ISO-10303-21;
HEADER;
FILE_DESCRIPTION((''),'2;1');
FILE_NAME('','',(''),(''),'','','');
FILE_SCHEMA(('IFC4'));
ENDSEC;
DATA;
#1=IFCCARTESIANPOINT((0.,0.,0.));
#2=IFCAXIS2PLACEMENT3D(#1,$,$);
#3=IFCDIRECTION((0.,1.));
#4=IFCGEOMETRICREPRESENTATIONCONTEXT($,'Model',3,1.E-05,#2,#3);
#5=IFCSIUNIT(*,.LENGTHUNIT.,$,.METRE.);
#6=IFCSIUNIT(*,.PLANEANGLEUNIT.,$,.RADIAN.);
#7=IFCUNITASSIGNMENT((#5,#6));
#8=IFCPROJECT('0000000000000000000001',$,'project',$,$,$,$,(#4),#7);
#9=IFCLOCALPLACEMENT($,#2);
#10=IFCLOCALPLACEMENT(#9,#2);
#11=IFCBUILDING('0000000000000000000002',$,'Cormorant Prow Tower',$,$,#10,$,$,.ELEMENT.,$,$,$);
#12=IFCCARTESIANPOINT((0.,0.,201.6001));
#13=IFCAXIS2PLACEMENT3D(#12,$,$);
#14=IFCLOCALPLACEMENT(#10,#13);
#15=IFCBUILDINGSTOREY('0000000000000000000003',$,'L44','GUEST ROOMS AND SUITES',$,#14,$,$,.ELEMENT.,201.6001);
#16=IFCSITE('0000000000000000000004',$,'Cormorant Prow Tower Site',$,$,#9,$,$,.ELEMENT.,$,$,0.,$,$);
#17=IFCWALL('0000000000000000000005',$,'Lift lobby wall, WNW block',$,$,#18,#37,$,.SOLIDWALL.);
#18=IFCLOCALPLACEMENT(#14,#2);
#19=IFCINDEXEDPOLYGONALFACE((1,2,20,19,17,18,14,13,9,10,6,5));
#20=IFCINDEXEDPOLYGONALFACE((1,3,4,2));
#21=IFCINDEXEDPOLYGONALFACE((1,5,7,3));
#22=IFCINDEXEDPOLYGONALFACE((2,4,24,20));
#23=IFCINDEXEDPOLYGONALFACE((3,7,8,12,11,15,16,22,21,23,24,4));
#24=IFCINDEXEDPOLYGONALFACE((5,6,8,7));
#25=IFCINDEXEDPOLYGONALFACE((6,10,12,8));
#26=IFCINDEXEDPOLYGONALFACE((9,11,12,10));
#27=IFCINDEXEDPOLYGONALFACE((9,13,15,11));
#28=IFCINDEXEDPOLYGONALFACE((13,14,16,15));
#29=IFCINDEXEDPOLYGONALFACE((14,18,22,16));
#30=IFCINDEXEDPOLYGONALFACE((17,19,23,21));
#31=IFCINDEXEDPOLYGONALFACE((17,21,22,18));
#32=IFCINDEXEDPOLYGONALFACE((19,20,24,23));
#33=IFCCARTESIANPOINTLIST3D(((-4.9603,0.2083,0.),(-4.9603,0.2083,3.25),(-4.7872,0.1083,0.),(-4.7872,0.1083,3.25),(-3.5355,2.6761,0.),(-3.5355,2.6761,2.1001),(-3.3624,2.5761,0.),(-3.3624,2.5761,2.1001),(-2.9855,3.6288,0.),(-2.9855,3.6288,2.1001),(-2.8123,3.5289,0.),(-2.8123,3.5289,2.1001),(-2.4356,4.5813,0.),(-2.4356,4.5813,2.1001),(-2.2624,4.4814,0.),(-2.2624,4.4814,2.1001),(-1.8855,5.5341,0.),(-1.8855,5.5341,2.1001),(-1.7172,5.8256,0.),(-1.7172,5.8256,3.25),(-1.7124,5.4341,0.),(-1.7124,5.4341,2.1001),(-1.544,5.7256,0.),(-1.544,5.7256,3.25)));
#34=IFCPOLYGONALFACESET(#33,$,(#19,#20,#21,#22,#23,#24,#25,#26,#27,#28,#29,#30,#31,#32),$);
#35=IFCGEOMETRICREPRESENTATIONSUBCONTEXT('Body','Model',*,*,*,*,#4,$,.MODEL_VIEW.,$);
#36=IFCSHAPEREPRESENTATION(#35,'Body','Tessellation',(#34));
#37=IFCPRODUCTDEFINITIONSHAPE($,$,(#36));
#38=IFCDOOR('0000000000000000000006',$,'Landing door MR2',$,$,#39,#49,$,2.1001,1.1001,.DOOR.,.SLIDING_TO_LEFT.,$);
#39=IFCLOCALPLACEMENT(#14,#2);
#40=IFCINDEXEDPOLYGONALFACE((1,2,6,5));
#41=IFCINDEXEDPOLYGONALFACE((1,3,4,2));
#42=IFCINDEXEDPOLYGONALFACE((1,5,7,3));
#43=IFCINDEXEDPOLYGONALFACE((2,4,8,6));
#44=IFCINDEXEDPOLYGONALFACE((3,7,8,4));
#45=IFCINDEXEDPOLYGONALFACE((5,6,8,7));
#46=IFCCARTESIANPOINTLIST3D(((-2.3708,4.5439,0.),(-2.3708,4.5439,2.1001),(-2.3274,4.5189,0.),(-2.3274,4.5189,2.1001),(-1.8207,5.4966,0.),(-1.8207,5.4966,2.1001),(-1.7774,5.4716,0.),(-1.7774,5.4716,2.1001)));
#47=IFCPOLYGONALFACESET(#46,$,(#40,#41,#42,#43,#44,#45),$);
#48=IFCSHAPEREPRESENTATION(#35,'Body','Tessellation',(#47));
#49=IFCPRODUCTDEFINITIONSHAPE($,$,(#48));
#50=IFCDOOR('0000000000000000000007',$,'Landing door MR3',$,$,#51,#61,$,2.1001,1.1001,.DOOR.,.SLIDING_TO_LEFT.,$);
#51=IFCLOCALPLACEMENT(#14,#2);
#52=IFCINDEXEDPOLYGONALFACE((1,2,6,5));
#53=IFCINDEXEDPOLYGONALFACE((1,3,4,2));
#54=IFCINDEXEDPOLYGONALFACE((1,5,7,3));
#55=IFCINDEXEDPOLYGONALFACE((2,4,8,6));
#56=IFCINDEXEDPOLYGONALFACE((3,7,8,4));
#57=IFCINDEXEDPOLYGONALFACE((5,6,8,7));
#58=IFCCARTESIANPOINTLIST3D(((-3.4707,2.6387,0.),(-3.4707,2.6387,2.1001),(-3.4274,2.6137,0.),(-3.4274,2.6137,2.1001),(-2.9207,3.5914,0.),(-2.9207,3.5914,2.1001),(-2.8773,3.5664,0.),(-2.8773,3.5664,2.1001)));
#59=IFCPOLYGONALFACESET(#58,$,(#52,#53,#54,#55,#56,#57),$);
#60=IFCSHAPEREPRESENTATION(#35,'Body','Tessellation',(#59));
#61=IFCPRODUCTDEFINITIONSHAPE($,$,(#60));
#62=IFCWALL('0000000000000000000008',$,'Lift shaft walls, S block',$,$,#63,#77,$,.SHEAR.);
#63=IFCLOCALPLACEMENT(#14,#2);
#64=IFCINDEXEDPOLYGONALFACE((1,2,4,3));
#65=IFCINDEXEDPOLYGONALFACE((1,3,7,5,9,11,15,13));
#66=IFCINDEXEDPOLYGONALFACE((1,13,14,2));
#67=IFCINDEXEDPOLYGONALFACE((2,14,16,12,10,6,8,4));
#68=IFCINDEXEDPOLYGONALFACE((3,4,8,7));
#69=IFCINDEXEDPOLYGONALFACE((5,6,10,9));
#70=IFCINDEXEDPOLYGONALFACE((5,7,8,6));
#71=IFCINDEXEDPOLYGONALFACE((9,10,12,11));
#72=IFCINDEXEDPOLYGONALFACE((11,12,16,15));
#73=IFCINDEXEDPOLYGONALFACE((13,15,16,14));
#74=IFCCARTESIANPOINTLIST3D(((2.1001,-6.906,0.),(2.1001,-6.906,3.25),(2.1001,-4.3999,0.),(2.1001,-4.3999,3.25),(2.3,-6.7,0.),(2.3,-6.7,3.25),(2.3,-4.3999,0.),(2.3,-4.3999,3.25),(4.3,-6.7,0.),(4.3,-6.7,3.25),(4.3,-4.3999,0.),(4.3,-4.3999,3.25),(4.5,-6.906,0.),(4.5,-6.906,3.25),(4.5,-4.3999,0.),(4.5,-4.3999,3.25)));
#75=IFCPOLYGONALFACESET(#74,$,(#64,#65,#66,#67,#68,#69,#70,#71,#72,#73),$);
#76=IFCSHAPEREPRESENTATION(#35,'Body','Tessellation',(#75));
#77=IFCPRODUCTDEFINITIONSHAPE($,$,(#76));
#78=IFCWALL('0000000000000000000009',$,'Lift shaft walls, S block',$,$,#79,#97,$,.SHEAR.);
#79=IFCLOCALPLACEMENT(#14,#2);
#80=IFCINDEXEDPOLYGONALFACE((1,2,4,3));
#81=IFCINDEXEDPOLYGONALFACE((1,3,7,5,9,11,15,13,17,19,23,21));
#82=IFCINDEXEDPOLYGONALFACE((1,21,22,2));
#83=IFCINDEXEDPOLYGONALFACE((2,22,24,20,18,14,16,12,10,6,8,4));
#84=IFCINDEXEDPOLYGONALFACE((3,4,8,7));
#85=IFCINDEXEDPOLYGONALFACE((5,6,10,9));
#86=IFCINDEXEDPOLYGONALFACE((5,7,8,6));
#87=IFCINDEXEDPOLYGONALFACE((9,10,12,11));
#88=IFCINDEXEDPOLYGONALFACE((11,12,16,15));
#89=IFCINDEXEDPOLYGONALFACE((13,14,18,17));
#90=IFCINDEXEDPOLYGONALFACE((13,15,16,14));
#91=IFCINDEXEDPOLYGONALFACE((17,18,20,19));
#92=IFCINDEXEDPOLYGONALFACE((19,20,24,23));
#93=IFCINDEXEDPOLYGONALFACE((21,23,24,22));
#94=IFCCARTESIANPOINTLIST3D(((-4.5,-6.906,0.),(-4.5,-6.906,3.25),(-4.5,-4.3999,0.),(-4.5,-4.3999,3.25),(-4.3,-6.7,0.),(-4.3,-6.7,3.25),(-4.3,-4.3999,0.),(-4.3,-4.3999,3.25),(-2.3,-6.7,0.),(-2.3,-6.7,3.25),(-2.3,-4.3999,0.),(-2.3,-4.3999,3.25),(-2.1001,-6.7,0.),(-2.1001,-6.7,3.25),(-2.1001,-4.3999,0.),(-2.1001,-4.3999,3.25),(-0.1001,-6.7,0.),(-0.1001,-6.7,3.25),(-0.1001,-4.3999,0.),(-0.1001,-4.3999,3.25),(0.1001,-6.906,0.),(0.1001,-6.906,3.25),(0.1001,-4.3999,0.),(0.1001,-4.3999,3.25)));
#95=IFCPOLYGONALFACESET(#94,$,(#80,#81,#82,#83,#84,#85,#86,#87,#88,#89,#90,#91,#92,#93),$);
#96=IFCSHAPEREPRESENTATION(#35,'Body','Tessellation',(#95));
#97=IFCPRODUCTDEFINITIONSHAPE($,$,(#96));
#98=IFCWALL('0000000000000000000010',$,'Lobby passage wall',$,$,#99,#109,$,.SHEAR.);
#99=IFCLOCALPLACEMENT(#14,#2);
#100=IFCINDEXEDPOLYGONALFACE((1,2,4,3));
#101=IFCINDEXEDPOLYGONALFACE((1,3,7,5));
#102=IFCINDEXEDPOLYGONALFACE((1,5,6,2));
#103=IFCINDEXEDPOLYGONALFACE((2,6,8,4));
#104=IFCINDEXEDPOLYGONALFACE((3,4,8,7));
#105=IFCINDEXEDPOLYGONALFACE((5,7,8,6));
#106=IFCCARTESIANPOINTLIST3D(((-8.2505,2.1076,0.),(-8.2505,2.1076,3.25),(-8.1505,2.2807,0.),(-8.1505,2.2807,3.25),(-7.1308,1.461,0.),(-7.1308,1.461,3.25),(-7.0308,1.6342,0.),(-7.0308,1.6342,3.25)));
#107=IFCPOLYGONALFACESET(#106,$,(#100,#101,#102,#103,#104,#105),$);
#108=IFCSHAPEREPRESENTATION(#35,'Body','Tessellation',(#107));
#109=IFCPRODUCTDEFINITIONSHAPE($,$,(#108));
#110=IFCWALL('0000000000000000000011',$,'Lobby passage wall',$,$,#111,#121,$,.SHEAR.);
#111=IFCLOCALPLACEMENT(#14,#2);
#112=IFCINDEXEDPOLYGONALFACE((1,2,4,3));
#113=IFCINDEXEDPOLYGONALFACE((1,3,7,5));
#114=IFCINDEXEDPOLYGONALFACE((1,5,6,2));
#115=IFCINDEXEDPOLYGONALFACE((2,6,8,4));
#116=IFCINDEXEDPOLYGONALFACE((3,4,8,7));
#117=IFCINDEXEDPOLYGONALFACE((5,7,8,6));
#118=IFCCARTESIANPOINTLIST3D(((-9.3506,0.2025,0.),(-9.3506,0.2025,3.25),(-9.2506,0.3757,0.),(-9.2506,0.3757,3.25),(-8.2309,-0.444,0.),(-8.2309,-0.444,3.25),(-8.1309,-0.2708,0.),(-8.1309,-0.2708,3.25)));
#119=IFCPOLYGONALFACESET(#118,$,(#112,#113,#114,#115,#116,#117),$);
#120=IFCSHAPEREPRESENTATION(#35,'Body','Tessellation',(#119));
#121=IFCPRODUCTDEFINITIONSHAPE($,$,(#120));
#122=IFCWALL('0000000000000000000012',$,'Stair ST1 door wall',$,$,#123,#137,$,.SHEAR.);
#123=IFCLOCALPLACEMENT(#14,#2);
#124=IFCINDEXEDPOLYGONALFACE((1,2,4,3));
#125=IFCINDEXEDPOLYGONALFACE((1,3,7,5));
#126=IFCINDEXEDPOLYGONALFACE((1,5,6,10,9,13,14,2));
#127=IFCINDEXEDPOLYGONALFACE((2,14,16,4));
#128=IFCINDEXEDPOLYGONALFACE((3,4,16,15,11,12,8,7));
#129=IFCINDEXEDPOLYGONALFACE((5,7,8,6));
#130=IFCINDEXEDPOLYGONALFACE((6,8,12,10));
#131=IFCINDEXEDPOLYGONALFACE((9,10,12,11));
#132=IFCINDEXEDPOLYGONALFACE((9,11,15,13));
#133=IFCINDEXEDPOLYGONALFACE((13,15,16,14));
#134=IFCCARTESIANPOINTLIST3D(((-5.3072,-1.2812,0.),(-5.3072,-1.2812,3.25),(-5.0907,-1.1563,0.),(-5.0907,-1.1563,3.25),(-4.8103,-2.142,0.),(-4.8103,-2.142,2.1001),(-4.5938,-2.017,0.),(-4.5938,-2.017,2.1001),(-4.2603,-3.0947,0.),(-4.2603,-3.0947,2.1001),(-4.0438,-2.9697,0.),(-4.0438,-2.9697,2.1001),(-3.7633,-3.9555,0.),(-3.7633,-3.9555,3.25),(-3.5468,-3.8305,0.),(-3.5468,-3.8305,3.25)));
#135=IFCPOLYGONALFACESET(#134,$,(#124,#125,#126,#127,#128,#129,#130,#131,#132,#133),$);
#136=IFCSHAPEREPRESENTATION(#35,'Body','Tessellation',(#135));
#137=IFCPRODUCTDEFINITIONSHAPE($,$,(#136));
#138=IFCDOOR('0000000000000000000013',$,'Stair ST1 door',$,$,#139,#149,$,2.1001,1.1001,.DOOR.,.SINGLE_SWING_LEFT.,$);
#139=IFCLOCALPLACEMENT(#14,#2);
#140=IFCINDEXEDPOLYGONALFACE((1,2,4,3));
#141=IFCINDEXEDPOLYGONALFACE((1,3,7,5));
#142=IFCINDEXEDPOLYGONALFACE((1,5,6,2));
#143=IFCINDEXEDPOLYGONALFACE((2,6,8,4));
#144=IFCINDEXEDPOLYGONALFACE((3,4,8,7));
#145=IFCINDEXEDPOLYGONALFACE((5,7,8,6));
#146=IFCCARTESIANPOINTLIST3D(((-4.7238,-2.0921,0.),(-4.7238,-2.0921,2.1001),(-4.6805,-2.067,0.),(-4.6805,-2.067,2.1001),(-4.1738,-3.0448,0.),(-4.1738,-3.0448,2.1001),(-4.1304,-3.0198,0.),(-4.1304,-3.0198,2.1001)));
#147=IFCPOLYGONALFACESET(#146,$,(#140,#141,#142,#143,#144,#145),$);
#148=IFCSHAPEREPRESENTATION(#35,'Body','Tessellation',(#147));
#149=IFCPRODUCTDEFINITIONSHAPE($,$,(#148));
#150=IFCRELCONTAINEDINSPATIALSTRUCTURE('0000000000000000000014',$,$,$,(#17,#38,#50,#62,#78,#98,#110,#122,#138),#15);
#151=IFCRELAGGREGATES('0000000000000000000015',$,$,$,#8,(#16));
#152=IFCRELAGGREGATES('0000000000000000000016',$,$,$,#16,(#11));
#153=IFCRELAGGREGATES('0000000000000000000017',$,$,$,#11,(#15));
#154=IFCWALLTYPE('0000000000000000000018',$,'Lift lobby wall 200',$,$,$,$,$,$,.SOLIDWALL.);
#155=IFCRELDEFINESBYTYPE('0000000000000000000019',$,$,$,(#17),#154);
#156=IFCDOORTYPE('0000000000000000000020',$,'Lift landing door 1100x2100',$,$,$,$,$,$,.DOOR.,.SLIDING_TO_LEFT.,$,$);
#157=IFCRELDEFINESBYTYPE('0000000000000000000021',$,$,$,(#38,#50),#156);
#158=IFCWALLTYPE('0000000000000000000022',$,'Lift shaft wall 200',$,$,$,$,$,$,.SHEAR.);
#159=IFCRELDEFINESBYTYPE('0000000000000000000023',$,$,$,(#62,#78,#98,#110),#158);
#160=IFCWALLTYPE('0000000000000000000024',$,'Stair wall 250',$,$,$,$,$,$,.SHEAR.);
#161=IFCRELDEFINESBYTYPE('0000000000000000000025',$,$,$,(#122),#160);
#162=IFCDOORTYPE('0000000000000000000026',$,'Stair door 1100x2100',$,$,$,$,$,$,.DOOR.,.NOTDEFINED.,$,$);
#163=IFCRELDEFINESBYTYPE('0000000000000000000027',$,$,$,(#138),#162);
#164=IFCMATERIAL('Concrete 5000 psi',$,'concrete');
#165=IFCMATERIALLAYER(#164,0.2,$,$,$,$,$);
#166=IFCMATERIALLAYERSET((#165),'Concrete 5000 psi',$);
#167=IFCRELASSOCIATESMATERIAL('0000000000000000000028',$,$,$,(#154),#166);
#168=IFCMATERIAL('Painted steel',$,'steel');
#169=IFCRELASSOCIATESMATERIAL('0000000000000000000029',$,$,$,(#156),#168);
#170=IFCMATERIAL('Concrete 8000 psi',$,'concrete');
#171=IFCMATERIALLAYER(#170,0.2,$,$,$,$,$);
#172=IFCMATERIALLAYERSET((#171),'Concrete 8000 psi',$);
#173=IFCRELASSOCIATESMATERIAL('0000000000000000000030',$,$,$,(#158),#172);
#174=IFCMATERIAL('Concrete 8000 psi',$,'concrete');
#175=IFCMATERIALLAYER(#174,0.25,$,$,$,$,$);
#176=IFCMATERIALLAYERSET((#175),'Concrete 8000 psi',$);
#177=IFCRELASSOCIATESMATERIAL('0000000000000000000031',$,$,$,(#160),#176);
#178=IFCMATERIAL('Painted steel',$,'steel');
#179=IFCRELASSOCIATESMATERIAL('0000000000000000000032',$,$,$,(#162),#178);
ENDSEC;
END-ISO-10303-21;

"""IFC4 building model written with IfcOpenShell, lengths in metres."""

from ifc_helpers import new_model, si_unit, direction, frame, frame_2d, origin, place, context, subcontext, project, spatial, polyline, rectangle, outline, extrude, material, layer, layer_set, type_object, element, fill, save


model = new_model("IFC4")

# Units and contexts
model_context = context("Model", 3, precision=1e-05, world=origin(), true_north=direction((0.0, 1.0)))
body_context = subcontext(model_context, "Body", "Model", "MODEL_VIEW")
ifc_project = project(units=[si_unit("LENGTHUNIT", "METRE"), si_unit("PLANEANGLEUNIT", "RADIAN")], contexts=[model_context])

# Site, building, storey
site_placement = place(None, origin())
site = spatial("IfcSite", under=ifc_project, at=site_placement, Name="Cormorant Prow Tower Site", CompositionType="ELEMENT", RefElevation=0.0)
building_placement = place(site_placement, origin())
building = spatial("IfcBuilding", under=site, at=building_placement, Name="Cormorant Prow Tower", CompositionType="ELEMENT")
storey_placement = place(building_placement, frame((0.0, 0.0, 201.6001)))
storey = spatial("IfcBuildingStorey", under=building, at=storey_placement, Name="L44", Description="GUEST ROOMS AND SUITES", CompositionType="ELEMENT", Elevation=201.6001)

# Wall, openings, doors
ifc_material_1 = material(Name="Concrete 5000 psi", Category="concrete")
ifc_layer_1 = layer(ifc_material_1, 0.2)
ifc_layer_set_1 = layer_set([ifc_layer_1], Name="Concrete 5000 psi")
wall_type_1 = type_object("IfcWallType", Name="Lift lobby wall 200", PredefinedType="SOLIDWALL", material=ifc_layer_set_1)
wall_1_placement = place(storey_placement, frame((-1.6306, 5.7756, 0.0), z_axis=(0.0, 0.0, 1.0), x_axis=(-0.499993, -0.86603, 0.0)))
wall_1 = element("IfcWall", 1, at=wall_1_placement, inside=storey, type_object=wall_type_1, Name="Lift lobby wall, WNW block", PredefinedType="SOLIDWALL", context=body_context, shape_type="SweptSolid", body=[
    extrude(rectangle(XDim=6.4863, YDim=0.2, at=frame_2d((3.2432, 0.0))), origin(), (0.0, 0.0, 1.0), 3.25),
])
opening_1_placement = place(wall_1_placement, frame((0.3367, 0.0, 0.0)))
opening_1 = element("IfcOpeningElement", 2, at=opening_1_placement, cuts=wall_1, PredefinedType="OPENING", context=body_context, shape_type="SweptSolid", body=[
    extrude(rectangle(XDim=1.1001, YDim=2.1001, at=frame_2d((0.55, 1.05))), frame((0.0, 0.1099, 0.0), z_axis=(0.0, -1.0, 0.0), x_axis=(1.0, 0.0, 0.0)), (0.0, 0.0, 1.0), 0.22),
])
opening_2_placement = place(wall_1_placement, frame((2.5366, 0.0, 0.0)))
opening_2 = element("IfcOpeningElement", 3, at=opening_2_placement, cuts=wall_1, PredefinedType="OPENING", context=body_context, shape_type="SweptSolid", body=[
    extrude(rectangle(XDim=1.1001, YDim=2.1001, at=frame_2d((0.55, 1.05))), frame((0.0, 0.1099, 0.0), z_axis=(0.0, -1.0, 0.0), x_axis=(1.0, 0.0, 0.0)), (0.0, 0.0, 1.0), 0.22),
])
ifc_material_2 = material(Name="Painted steel", Category="steel")
door_type_1 = type_object("IfcDoorType", Name="Lift landing door 1100x2100", OperationType="SLIDING_TO_LEFT", PredefinedType="DOOR", material=ifc_material_2)
door_1_placement = place(opening_1_placement, origin())
door_1 = element("IfcDoor", 4, at=door_1_placement, inside=storey, type_object=door_type_1, Name="Landing door MR2", OperationType="SLIDING_TO_LEFT", OverallHeight=2.1001, OverallWidth=1.1001, PredefinedType="DOOR", context=body_context, shape_type="SweptSolid", body=[
    extrude(rectangle(XDim=1.1001, YDim=2.1001, at=frame_2d((0.55, 1.05))), frame((0.0, 0.0249, 0.0), z_axis=(0.0, -1.0, 0.0), x_axis=(1.0, 0.0, 0.0)), (0.0, 0.0, 1.0), 0.05),
])
fill(opening_1, door_1)
door_2_placement = place(opening_2_placement, origin())
door_2 = element("IfcDoor", 5, at=door_2_placement, inside=storey, type_object=door_type_1, Name="Landing door MR3", OperationType="SLIDING_TO_LEFT", OverallHeight=2.1001, OverallWidth=1.1001, PredefinedType="DOOR", context=body_context, shape_type="SweptSolid", body=[
    extrude(rectangle(XDim=1.1001, YDim=2.1001, at=frame_2d((0.55, 1.05))), frame((0.0, 0.0249, 0.0), z_axis=(0.0, -1.0, 0.0), x_axis=(1.0, 0.0, 0.0)), (0.0, 0.0, 1.0), 0.05),
])
fill(opening_2, door_2)

# Walls
ifc_material_3 = material(Name="Concrete 8000 psi", Category="concrete")
ifc_layer_2 = layer(ifc_material_3, 0.2)
ifc_layer_set_2 = layer_set([ifc_layer_2], Name="Concrete 8000 psi")
wall_type_2 = type_object("IfcWallType", Name="Lift shaft wall 200", PredefinedType="SHEAR", material=ifc_layer_set_2)
wall_2_placement = place(storey_placement, origin())
element("IfcWall", 6, at=wall_2_placement, inside=storey, type_object=wall_type_2, Name="Lift shaft walls, S block", PredefinedType="SHEAR", context=body_context, shape_type="SweptSolid", body=[
    extrude(outline(polyline([(4.5, -4.3999), (4.5, -6.906), (2.1001, -6.906), (2.1001, -4.3999), (2.3, -4.3999), (2.3, -6.7), (4.3, -6.7), (4.3, -4.3999), (4.5, -4.3999)])), origin(), (0.0, 0.0, 1.0), 3.25),
])
wall_3_placement = place(storey_placement, origin())
element("IfcWall", 7, at=wall_3_placement, inside=storey, type_object=wall_type_2, Name="Lift shaft walls, S block", PredefinedType="SHEAR", context=body_context, shape_type="SweptSolid", body=[
    extrude(outline(polyline([(0.1001, -4.3999), (0.1001, -6.906), (-4.5, -6.906), (-4.5, -4.3999), (-4.3, -4.3999), (-4.3, -6.7), (-2.3, -6.7), (-2.3, -4.3999), (-2.1001, -4.3999), (-2.1001, -6.7), (-0.1001, -6.7), (-0.1001, -4.3999), (0.1001, -4.3999)])), origin(), (0.0, 0.0, 1.0), 3.25),
])
for number, where, z_axis, x_axis, name in (
    (8, (-7.0808, 1.5476, 0.0), (0.0, 0.0, 1.0), (-0.866003, 0.500038, 0.0), "Lobby passage wall"),
    (9, (-8.1809, -0.3574, 0.0), (0.0, 0.0, 1.0), (-0.866003, 0.500038, 0.0), "Lobby passage wall"),
):
    element("IfcWall", number, at=place(storey_placement, frame(where, z_axis=z_axis, x_axis=x_axis)), inside=storey, type_object=wall_type_2, Name=name, PredefinedType="SHEAR", context=body_context, shape_type="SweptSolid", body=[
        extrude(rectangle(XDim=1.293, YDim=0.2, at=frame_2d((0.6465, 0.0))), origin(), (0.0, 0.0, 1.0), 3.25),
    ])

# Wall, opening, door
ifc_material_4 = material(Name="Concrete 8000 psi", Category="concrete")
ifc_layer_3 = layer(ifc_material_4, 0.25)
ifc_layer_set_3 = layer_set([ifc_layer_3], Name="Concrete 8000 psi")
wall_type_3 = type_object("IfcWallType", Name="Stair wall 250", PredefinedType="SHEAR", material=ifc_layer_set_3)
wall_4_placement = place(storey_placement, frame((-5.199, -1.2188, 0.0), z_axis=(0.0, 0.0, 1.0), x_axis=(0.499983, -0.866035, 0.0)))
wall_4 = element("IfcWall", 10, at=wall_4_placement, inside=storey, type_object=wall_type_3, Name="Stair ST1 door wall", PredefinedType="SHEAR", context=body_context, shape_type="SweptSolid", body=[
    extrude(rectangle(XDim=3.0879, YDim=0.25, at=frame_2d((1.5439, 0.0))), origin(), (0.0, 0.0, 1.0), 3.25),
])
opening_3_placement = place(wall_4_placement, frame((0.9939, 0.0, 0.0)))
opening_3 = element("IfcOpeningElement", 11, at=opening_3_placement, cuts=wall_4, PredefinedType="OPENING", context=body_context, shape_type="SweptSolid", body=[
    extrude(rectangle(XDim=1.1001, YDim=2.1001, at=frame_2d((0.55, 1.05))), frame((0.0, 0.135, 0.0), z_axis=(0.0, -1.0, 0.0), x_axis=(1.0, 0.0, 0.0)), (0.0, 0.0, 1.0), 0.27),
])
ifc_material_5 = material(Name="Painted steel", Category="steel")
door_type_2 = type_object("IfcDoorType", Name="Stair door 1100x2100", OperationType="NOTDEFINED", PredefinedType="DOOR", material=ifc_material_5)
door_3_placement = place(opening_3_placement, origin())
door_3 = element("IfcDoor", 12, at=door_3_placement, inside=storey, type_object=door_type_2, Name="Stair ST1 door", OperationType="SINGLE_SWING_LEFT", OverallHeight=2.1001, OverallWidth=1.1001, PredefinedType="DOOR", context=body_context, shape_type="SweptSolid", body=[
    extrude(rectangle(XDim=1.1001, YDim=2.1001, at=frame_2d((0.55, 1.05))), frame((0.0, 0.0249, 0.0), z_axis=(0.0, -1.0, 0.0), x_axis=(1.0, 0.0, 0.0)), (0.0, 0.0, 1.0), 0.05),
])
fill(opening_3, door_3)

save(model, "model.ifc")
